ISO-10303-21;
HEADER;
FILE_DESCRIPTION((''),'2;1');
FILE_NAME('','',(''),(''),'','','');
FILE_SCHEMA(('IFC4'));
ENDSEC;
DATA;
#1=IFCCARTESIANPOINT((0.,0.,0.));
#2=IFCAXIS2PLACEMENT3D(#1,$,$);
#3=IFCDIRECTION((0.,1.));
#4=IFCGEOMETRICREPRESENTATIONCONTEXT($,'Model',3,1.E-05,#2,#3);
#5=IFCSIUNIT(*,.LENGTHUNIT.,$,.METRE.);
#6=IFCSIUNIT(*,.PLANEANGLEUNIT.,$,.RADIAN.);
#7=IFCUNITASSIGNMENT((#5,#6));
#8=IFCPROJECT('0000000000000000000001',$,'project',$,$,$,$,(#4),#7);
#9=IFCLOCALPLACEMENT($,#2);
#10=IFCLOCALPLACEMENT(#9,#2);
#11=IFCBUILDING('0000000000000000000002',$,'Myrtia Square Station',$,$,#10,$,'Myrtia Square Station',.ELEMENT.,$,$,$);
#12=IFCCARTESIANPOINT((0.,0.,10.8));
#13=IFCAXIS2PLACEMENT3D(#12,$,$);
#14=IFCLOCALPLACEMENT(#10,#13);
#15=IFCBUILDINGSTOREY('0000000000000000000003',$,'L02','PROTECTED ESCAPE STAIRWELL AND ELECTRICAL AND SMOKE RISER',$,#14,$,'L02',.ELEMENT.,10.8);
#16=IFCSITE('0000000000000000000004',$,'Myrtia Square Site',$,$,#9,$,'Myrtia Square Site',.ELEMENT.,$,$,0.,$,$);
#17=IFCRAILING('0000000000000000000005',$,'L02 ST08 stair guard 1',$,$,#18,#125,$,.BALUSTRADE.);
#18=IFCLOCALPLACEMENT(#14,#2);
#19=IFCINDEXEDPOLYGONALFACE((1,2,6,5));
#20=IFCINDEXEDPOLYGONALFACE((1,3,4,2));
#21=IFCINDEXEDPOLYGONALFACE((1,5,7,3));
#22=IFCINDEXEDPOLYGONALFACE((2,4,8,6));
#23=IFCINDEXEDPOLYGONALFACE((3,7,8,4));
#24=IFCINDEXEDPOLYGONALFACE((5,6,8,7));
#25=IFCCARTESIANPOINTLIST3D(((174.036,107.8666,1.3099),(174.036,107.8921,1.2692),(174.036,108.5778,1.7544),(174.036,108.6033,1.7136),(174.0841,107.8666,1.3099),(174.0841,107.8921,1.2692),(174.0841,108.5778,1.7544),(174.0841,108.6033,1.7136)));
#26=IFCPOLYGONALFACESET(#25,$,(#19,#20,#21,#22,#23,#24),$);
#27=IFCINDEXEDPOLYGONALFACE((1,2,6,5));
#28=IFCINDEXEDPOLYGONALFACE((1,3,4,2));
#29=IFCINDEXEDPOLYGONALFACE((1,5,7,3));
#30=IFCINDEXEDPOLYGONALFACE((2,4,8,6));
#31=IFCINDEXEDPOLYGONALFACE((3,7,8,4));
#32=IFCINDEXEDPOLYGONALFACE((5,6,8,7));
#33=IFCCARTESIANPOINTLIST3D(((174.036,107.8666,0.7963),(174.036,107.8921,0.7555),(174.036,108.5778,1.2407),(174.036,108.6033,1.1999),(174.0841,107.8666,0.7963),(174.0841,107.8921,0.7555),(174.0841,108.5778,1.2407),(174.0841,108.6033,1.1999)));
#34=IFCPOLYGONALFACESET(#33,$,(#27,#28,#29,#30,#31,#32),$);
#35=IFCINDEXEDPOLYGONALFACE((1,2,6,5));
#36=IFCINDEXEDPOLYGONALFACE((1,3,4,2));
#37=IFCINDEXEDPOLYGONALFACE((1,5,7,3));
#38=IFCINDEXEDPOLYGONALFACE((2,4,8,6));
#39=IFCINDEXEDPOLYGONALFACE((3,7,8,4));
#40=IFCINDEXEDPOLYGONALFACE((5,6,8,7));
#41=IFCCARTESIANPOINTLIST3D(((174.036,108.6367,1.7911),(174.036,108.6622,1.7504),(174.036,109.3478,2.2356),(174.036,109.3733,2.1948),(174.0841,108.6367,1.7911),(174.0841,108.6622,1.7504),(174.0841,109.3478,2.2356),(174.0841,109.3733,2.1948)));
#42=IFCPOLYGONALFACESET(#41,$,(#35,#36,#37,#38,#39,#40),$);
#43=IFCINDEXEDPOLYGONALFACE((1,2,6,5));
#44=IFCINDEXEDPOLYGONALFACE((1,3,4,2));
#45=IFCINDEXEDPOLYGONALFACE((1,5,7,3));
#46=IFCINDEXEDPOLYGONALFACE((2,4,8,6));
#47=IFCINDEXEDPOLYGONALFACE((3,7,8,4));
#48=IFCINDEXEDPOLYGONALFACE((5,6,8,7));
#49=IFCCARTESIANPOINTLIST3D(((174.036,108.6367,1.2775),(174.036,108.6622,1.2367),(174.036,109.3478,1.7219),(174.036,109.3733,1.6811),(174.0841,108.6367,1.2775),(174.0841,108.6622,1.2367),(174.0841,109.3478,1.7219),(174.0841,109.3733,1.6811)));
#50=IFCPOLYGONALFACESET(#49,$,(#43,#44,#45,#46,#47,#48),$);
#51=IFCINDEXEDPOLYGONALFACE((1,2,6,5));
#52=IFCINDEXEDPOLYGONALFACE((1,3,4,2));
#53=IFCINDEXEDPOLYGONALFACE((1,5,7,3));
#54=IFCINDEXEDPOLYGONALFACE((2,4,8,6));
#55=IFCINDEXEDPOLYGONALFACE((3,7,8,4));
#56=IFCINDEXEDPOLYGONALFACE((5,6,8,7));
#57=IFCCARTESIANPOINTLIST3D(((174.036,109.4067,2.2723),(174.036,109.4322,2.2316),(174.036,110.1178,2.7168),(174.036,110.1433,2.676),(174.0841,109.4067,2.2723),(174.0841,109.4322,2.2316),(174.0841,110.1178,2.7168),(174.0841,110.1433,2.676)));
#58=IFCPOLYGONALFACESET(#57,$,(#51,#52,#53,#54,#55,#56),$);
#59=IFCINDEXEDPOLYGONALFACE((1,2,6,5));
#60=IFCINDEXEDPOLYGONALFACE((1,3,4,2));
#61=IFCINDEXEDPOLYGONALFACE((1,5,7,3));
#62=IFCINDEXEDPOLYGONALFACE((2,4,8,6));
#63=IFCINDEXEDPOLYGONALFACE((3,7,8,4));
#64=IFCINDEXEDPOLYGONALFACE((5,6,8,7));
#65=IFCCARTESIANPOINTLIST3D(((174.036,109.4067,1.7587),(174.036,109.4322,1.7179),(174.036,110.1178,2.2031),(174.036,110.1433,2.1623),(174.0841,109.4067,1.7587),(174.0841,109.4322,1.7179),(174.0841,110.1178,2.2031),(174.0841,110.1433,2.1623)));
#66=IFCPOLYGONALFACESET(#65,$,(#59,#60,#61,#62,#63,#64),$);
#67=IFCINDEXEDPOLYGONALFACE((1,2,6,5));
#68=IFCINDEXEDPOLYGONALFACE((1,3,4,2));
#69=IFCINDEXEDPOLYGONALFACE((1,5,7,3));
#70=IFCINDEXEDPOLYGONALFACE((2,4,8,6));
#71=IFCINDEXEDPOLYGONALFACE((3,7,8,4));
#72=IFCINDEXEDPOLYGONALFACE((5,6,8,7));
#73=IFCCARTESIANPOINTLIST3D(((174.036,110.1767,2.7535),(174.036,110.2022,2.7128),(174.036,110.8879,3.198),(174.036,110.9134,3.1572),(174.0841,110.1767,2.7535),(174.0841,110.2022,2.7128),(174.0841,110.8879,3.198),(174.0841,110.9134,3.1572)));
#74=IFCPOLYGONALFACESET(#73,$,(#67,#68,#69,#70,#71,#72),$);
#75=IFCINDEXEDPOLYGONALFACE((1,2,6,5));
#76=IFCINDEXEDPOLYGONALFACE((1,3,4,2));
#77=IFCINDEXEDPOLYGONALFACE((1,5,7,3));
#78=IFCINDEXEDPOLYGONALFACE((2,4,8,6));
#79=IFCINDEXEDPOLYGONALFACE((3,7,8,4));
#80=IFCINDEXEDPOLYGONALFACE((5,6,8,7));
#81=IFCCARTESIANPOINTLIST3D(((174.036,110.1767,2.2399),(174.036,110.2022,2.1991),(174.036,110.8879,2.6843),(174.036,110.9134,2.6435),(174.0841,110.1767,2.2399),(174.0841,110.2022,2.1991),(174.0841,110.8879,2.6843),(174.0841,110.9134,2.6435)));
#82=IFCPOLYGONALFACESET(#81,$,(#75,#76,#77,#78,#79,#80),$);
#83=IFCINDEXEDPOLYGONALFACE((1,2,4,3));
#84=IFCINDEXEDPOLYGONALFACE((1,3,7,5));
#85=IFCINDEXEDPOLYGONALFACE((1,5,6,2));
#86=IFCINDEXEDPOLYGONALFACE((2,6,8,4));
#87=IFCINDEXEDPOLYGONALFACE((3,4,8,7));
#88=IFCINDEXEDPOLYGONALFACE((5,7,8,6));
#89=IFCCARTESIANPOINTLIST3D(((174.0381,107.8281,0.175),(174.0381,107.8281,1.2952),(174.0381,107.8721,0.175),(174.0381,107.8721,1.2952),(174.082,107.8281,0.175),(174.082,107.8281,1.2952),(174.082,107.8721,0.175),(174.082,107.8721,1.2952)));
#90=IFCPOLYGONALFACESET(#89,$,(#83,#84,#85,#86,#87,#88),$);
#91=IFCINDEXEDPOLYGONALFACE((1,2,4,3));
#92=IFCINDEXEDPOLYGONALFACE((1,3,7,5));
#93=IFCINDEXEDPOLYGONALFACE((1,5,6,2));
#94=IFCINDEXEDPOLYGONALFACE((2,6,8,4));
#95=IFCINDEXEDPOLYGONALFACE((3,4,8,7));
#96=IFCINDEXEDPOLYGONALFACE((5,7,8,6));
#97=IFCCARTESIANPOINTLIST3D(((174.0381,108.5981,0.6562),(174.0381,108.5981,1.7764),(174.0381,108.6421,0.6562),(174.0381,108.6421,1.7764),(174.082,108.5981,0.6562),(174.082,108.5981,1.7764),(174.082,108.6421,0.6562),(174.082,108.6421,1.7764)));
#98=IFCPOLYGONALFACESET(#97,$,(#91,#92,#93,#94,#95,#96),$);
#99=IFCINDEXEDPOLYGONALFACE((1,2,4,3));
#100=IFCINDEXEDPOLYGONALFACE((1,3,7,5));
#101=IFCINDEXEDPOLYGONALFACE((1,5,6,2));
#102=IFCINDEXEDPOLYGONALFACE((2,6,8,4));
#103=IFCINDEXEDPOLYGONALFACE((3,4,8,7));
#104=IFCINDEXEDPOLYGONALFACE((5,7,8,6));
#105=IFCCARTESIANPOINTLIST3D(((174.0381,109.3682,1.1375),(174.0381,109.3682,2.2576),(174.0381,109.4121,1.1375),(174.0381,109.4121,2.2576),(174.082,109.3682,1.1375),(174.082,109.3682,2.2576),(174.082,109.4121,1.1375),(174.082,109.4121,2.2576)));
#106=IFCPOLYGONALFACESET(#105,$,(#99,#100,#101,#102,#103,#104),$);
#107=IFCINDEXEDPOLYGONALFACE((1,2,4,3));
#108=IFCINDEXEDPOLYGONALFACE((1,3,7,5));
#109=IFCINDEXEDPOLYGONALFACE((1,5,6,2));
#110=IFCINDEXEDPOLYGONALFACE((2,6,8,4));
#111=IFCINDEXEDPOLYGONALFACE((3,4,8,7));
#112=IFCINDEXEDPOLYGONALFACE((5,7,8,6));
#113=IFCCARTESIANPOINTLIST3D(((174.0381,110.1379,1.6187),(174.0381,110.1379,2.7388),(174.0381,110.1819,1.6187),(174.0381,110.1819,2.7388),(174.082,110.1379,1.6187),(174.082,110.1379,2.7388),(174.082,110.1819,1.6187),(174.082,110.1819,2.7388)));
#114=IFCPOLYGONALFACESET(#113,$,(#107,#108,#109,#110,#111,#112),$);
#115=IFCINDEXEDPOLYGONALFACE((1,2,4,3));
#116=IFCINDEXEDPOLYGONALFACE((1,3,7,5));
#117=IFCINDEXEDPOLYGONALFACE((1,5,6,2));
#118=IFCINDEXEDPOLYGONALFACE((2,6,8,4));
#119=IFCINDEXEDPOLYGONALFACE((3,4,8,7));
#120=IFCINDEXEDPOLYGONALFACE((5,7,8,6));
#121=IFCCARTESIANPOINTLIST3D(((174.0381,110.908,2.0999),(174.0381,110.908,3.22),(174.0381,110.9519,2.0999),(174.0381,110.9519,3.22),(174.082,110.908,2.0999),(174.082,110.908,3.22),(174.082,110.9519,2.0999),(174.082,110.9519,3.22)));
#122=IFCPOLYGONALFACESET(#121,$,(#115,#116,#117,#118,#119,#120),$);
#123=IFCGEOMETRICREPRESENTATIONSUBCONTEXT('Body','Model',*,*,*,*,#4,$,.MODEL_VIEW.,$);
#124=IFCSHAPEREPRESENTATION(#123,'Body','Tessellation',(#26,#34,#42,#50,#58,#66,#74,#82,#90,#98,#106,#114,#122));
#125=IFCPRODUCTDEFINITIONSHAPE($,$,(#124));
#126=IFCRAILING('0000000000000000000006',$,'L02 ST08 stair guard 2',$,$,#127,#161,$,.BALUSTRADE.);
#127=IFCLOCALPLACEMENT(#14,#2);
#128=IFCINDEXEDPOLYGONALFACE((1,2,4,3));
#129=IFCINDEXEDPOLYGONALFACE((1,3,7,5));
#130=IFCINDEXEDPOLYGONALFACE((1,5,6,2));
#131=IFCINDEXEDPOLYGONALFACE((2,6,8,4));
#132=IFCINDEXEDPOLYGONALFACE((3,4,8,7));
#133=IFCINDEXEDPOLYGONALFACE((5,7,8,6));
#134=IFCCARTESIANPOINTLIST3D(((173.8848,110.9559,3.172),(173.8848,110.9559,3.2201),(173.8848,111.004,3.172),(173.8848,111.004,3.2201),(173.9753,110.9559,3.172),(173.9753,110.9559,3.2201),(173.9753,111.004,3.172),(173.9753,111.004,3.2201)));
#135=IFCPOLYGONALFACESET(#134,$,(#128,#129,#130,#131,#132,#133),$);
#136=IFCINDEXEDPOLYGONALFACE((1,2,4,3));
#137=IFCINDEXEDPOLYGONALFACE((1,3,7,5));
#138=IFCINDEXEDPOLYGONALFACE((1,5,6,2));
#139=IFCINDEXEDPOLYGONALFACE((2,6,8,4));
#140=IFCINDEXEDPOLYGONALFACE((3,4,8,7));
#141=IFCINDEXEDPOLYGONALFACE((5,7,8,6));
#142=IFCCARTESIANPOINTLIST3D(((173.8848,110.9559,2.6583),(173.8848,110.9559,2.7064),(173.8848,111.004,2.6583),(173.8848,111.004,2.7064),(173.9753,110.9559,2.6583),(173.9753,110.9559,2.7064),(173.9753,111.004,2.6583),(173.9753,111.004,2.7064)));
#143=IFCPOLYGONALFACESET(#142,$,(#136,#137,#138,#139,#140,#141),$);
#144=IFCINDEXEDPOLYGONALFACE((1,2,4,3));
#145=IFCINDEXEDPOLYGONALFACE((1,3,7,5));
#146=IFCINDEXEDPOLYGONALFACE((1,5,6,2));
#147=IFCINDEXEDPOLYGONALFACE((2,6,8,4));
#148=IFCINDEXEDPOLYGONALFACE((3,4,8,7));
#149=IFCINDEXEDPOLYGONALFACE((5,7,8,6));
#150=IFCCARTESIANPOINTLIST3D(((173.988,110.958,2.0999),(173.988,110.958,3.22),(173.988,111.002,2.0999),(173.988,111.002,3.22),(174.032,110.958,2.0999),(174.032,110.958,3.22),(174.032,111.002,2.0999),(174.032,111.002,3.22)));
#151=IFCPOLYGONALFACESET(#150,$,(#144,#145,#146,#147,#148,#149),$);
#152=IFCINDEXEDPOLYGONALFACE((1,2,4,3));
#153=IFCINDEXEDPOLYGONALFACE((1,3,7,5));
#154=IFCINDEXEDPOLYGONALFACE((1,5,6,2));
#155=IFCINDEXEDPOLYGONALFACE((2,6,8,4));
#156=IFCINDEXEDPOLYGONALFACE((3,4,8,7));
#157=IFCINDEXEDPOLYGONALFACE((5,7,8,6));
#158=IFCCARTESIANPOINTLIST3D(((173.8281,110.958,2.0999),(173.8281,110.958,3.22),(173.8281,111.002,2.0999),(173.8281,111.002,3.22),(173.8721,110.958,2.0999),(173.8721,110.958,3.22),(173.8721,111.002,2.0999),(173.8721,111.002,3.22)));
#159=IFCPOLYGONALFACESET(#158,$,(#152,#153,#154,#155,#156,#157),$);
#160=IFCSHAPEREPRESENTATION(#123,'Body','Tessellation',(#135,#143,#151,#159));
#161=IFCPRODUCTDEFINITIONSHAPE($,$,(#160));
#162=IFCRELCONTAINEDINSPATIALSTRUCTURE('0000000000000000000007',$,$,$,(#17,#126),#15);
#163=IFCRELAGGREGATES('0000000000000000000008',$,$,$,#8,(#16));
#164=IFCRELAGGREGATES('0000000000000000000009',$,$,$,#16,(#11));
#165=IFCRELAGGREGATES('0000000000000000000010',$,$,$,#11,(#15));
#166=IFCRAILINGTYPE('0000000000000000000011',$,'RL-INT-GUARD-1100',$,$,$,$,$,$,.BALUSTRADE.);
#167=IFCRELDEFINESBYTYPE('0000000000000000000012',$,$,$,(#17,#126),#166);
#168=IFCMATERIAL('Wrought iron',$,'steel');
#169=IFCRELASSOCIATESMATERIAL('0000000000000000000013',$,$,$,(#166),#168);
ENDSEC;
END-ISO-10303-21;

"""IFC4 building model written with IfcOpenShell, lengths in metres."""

from ifc_helpers import new_model, si_unit, direction, frame, origin, origin_2d, place, context, subcontext, project, spatial, rectangle, extrude, material, type_object, element, save


model = new_model("IFC4")

# Units and contexts
model_context = context("Model", 3, precision=1e-05, world=origin(), true_north=direction((0.0, 1.0)))
body_context = subcontext(model_context, "Body", "Model", "MODEL_VIEW")
ifc_project = project(units=[si_unit("LENGTHUNIT", "METRE"), si_unit("PLANEANGLEUNIT", "RADIAN")], contexts=[model_context])

# Site, building, storey
site_placement = place(None, origin())
site = spatial("IfcSite", under=ifc_project, at=site_placement, Name="Myrtia Square Site", LongName="Myrtia Square Site", CompositionType="ELEMENT", RefElevation=0.0)
building_placement = place(site_placement, origin())
building = spatial("IfcBuilding", under=site, at=building_placement, Name="Myrtia Square Station", LongName="Myrtia Square Station", CompositionType="ELEMENT")
storey_placement = place(building_placement, frame((0.0, 0.0, 10.8)))
storey = spatial("IfcBuildingStorey", under=building, at=storey_placement, Name="L02", Description="PROTECTED ESCAPE STAIRWELL AND ELECTRICAL AND SMOKE RISER", LongName="L02", CompositionType="ELEMENT", Elevation=10.8)

# Railings
ifc_material_1 = material(Name="Wrought iron", Category="steel")
railing_type_1 = type_object("IfcRailingType", Name="RL-INT-GUARD-1100", PredefinedType="BALUSTRADE", material=ifc_material_1)
railing_1_placement = place(storey_placement, frame((174.0601, 107.8501, 0.175)))
element("IfcRailing", 1, at=railing_1_placement, inside=storey, type_object=railing_type_1, Name="L02 ST08 stair guard 1", PredefinedType="BALUSTRADE", context=body_context, shape_type="SweptSolid", body=[
    extrude(rectangle(XDim=0.0481, YDim=0.0481, at=origin_2d()), frame((0.0, 0.0293, 1.1145), z_axis=(0.0, 0.84801, 0.529981), x_axis=(-1.0, 0.0, 0.0)), (0.0, 0.0, 1.0), 0.8386),
    extrude(rectangle(XDim=0.0481, YDim=0.0481, at=origin_2d()), frame((0.0, 0.0293, 0.6008), z_axis=(0.0, 0.84801, 0.529981), x_axis=(-1.0, 0.0, 0.0)), (0.0, 0.0, 1.0), 0.8386),
    extrude(rectangle(XDim=0.0481, YDim=0.0481, at=origin_2d()), frame((0.0, 0.7993, 1.5957), z_axis=(0.0, 0.84801, 0.529981), x_axis=(-1.0, 0.0, 0.0)), (0.0, 0.0, 1.0), 0.8386),
    extrude(rectangle(XDim=0.0481, YDim=0.0481, at=origin_2d()), frame((0.0, 0.7993, 1.082), z_axis=(0.0, 0.84801, 0.529981), x_axis=(-1.0, 0.0, 0.0)), (0.0, 0.0, 1.0), 0.8386),
    extrude(rectangle(XDim=0.0481, YDim=0.0481, at=origin_2d()), frame((0.0, 1.5693, 2.0769), z_axis=(0.0, 0.84801, 0.529981), x_axis=(-1.0, 0.0, 0.0)), (0.0, 0.0, 1.0), 0.8386),
    extrude(rectangle(XDim=0.0481, YDim=0.0481, at=origin_2d()), frame((0.0, 1.5693, 1.5632), z_axis=(0.0, 0.84801, 0.529981), x_axis=(-1.0, 0.0, 0.0)), (0.0, 0.0, 1.0), 0.8386),
    extrude(rectangle(XDim=0.0481, YDim=0.0481, at=origin_2d()), frame((0.0, 2.3394, 2.5581), z_axis=(0.0, 0.84801, 0.529981), x_axis=(-1.0, 0.0, 0.0)), (0.0, 0.0, 1.0), 0.8386),
    extrude(rectangle(XDim=0.0481, YDim=0.0481, at=origin_2d()), frame((0.0, 2.3394, 2.0444), z_axis=(0.0, 0.84801, 0.529981), x_axis=(-1.0, 0.0, 0.0)), (0.0, 0.0, 1.0), 0.8386),
    extrude(rectangle(XDim=0.0439, YDim=0.0439, at=origin_2d()), origin(), (0.0, 0.0, 1.0), 1.1201),
    extrude(rectangle(XDim=0.0439, YDim=0.0439, at=origin_2d()), frame((0.0, 0.77, 0.4812)), (0.0, 0.0, 1.0), 1.1201),
    extrude(rectangle(XDim=0.0439, YDim=0.0439, at=origin_2d()), frame((0.0, 1.54, 0.9624)), (0.0, 0.0, 1.0), 1.1201),
    extrude(rectangle(XDim=0.0439, YDim=0.0439, at=origin_2d()), frame((0.0, 2.3098, 1.4436)), (0.0, 0.0, 1.0), 1.1201),
    extrude(rectangle(XDim=0.0439, YDim=0.0439, at=origin_2d()), frame((0.0, 3.0798, 1.9248)), (0.0, 0.0, 1.0), 1.1201),
])
railing_2_placement = place(storey_placement, frame((174.01, 110.98, 2.0999)))
element("IfcRailing", 2, at=railing_2_placement, inside=storey, type_object=railing_type_1, Name="L02 ST08 stair guard 2", PredefinedType="BALUSTRADE", context=body_context, shape_type="SweptSolid", body=[
    extrude(rectangle(XDim=0.0481, YDim=0.0481, at=origin_2d()), frame((-0.0347, 0.0, 1.0962), z_axis=(-1.0, 0.0, 0.0), x_axis=(0.0, -1.0, 0.0)), (0.0, 0.0, 1.0), 0.0906),
    extrude(rectangle(XDim=0.0481, YDim=0.0481, at=origin_2d()), frame((-0.0347, 0.0, 0.5825), z_axis=(-1.0, 0.0, 0.0), x_axis=(0.0, -1.0, 0.0)), (0.0, 0.0, 1.0), 0.0906),
    extrude(rectangle(XDim=0.0439, YDim=0.0439, at=origin_2d()), origin(), (0.0, 0.0, 1.0), 1.1201),
    extrude(rectangle(XDim=0.0439, YDim=0.0439, at=origin_2d()), frame((-0.1599, 0.0, 0.0)), (0.0, 0.0, 1.0), 1.1201),
])

save(model, "model.ifc")
